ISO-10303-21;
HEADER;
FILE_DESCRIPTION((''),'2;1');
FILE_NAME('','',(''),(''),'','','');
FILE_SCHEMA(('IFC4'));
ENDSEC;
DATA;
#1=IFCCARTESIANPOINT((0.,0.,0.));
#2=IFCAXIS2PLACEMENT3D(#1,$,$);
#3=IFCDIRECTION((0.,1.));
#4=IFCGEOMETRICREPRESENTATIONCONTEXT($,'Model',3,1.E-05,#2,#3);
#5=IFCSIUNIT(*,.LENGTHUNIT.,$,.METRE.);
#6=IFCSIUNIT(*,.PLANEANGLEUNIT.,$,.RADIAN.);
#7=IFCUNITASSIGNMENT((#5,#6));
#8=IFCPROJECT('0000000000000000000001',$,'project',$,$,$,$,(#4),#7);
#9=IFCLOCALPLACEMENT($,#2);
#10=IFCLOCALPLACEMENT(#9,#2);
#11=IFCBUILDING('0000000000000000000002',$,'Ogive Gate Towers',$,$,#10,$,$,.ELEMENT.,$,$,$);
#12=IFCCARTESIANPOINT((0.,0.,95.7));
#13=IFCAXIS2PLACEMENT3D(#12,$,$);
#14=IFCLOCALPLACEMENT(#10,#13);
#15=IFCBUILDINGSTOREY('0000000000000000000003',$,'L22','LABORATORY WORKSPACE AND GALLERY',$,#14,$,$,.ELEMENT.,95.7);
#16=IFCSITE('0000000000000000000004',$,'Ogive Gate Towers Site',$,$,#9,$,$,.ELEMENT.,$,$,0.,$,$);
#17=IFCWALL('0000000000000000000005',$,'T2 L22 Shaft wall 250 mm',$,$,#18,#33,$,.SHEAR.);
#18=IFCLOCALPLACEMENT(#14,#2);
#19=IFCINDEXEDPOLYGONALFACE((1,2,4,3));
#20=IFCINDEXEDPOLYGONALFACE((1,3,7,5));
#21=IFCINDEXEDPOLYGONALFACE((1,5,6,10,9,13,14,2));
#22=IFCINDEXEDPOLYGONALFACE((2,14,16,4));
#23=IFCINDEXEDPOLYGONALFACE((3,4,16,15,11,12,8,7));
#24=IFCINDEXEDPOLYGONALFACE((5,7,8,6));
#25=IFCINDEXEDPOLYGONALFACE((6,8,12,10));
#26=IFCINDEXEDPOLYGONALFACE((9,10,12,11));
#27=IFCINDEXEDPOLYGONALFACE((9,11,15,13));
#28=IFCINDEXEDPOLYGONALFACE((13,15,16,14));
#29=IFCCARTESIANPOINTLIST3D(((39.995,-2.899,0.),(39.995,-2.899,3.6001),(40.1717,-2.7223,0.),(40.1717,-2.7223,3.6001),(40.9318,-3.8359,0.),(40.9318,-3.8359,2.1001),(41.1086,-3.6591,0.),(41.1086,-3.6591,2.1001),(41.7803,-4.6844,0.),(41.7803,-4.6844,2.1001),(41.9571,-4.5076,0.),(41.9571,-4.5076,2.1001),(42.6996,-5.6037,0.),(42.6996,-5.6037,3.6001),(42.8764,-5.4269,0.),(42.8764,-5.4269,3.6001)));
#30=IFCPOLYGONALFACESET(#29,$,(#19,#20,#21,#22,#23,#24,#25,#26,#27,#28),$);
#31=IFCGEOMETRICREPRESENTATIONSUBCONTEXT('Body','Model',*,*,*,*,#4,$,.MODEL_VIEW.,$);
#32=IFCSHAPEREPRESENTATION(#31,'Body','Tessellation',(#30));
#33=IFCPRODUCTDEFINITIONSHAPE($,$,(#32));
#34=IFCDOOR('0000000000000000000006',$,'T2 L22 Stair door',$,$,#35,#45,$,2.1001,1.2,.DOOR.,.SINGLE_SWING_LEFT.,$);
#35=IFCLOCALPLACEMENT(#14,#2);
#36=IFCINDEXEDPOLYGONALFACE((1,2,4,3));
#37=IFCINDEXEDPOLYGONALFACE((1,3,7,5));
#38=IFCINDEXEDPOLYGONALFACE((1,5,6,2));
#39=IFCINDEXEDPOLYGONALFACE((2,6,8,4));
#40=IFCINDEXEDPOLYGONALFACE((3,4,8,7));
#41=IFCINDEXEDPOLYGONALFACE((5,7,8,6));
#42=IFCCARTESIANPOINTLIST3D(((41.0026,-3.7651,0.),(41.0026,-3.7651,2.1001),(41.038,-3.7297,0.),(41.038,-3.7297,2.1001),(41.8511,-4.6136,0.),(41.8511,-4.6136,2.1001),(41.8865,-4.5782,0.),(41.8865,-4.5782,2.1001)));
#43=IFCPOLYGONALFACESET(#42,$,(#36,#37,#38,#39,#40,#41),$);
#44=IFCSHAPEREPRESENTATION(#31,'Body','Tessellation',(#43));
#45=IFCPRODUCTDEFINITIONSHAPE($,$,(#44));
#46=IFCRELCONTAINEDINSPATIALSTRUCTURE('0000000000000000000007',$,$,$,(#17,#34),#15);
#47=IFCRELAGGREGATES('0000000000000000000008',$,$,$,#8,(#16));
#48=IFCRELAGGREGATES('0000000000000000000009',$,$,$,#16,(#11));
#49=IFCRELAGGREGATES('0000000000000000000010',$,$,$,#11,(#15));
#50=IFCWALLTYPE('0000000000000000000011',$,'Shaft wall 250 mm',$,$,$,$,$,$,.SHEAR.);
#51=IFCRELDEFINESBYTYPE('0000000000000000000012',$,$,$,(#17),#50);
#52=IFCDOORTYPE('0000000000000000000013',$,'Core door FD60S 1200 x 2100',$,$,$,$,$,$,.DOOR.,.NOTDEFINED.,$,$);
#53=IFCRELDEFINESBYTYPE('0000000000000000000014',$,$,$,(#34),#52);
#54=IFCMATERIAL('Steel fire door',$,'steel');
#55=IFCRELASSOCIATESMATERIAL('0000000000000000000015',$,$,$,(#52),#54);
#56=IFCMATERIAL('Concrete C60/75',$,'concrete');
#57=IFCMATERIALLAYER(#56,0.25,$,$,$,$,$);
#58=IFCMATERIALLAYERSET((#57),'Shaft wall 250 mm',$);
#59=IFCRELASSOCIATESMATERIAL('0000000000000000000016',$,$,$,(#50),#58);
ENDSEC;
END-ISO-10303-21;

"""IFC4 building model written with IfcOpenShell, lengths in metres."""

from ifc_helpers import new_model, si_unit, direction, frame, frame_2d, origin, place, context, subcontext, project, spatial, rectangle, extrude, material, layer, layer_set, type_object, element, fill, save


model = new_model("IFC4")

# Units and contexts
model_context = context("Model", 3, precision=1e-05, world=origin(), true_north=direction((0.0, 1.0)))
body_context = subcontext(model_context, "Body", "Model", "MODEL_VIEW")
ifc_project = project(units=[si_unit("LENGTHUNIT", "METRE"), si_unit("PLANEANGLEUNIT", "RADIAN")], contexts=[model_context])

# Site, building, storey
site_placement = place(None, origin())
site = spatial("IfcSite", under=ifc_project, at=site_placement, Name="Ogive Gate Towers Site", CompositionType="ELEMENT", RefElevation=0.0)
building_placement = place(site_placement, origin())
building = spatial("IfcBuilding", under=site, at=building_placement, Name="Ogive Gate Towers", CompositionType="ELEMENT")
storey_placement = place(building_placement, frame((0.0, 0.0, 95.7)))
storey = spatial("IfcBuildingStorey", under=building, at=storey_placement, Name="L22", Description="LABORATORY WORKSPACE AND GALLERY", CompositionType="ELEMENT", Elevation=95.7)

# Shared definitions
ifc_material_1 = material(Name="Concrete C60/75", Category="concrete")
ifc_material_2 = material(Name="Steel fire door", Category="steel")
door_type_1 = type_object("IfcDoorType", Name="Core door FD60S 1200 x 2100", OperationType="NOTDEFINED", PredefinedType="DOOR", material=ifc_material_2)

# Shared definitions
ifc_layer_1 = layer(ifc_material_1, 0.25)
ifc_layer_set_1 = layer_set([ifc_layer_1], Name="Shaft wall 250 mm")
wall_type_1 = type_object("IfcWallType", Name="Shaft wall 250 mm", PredefinedType="SHEAR", material=ifc_layer_set_1)

# Wall, opening, door
wall_1_placement = place(storey_placement, frame((42.7881, -5.5154, 0.0), z_axis=(0.0, 0.0, 1.0), x_axis=(-0.707107, 0.707107, 0.0)))
wall_1 = element("IfcWall", 1, at=wall_1_placement, inside=storey, type_object=wall_type_1, Name="T2 L22 Shaft wall 250 mm", PredefinedType="SHEAR", context=body_context, shape_type="SweptSolid", body=[
    extrude(rectangle(XDim=3.825, YDim=0.25, at=frame_2d((1.9126, 0.0))), origin(), (0.0, 0.0, 1.0), 3.6001),
])
opening_1_placement = place(wall_1_placement, frame((1.3, 0.0, 0.0)))
opening_1 = element("IfcOpeningElement", 2, at=opening_1_placement, cuts=wall_1, PredefinedType="OPENING", context=body_context, shape_type="SweptSolid", body=[
    extrude(rectangle(XDim=1.2, YDim=2.1001, at=frame_2d((0.6001, 1.05))), frame((0.0, 0.135, 0.0), z_axis=(0.0, -1.0, 0.0), x_axis=(1.0, 0.0, 0.0)), (0.0, 0.0, 1.0), 0.27),
])
door_1_placement = place(opening_1_placement, origin())
door_1 = element("IfcDoor", 3, at=door_1_placement, inside=storey, type_object=door_type_1, Name="T2 L22 Stair door", OperationType="SINGLE_SWING_LEFT", OverallHeight=2.1001, OverallWidth=1.2, PredefinedType="DOOR", context=body_context, shape_type="SweptSolid", body=[
    extrude(rectangle(XDim=1.2, YDim=2.1001, at=frame_2d((0.6001, 1.05))), frame((0.0, 0.0249, 0.0), z_axis=(0.0, -1.0, 0.0), x_axis=(1.0, 0.0, 0.0)), (0.0, 0.0, 1.0), 0.05),
])
fill(opening_1, door_1)

save(model, "model.ifc")
